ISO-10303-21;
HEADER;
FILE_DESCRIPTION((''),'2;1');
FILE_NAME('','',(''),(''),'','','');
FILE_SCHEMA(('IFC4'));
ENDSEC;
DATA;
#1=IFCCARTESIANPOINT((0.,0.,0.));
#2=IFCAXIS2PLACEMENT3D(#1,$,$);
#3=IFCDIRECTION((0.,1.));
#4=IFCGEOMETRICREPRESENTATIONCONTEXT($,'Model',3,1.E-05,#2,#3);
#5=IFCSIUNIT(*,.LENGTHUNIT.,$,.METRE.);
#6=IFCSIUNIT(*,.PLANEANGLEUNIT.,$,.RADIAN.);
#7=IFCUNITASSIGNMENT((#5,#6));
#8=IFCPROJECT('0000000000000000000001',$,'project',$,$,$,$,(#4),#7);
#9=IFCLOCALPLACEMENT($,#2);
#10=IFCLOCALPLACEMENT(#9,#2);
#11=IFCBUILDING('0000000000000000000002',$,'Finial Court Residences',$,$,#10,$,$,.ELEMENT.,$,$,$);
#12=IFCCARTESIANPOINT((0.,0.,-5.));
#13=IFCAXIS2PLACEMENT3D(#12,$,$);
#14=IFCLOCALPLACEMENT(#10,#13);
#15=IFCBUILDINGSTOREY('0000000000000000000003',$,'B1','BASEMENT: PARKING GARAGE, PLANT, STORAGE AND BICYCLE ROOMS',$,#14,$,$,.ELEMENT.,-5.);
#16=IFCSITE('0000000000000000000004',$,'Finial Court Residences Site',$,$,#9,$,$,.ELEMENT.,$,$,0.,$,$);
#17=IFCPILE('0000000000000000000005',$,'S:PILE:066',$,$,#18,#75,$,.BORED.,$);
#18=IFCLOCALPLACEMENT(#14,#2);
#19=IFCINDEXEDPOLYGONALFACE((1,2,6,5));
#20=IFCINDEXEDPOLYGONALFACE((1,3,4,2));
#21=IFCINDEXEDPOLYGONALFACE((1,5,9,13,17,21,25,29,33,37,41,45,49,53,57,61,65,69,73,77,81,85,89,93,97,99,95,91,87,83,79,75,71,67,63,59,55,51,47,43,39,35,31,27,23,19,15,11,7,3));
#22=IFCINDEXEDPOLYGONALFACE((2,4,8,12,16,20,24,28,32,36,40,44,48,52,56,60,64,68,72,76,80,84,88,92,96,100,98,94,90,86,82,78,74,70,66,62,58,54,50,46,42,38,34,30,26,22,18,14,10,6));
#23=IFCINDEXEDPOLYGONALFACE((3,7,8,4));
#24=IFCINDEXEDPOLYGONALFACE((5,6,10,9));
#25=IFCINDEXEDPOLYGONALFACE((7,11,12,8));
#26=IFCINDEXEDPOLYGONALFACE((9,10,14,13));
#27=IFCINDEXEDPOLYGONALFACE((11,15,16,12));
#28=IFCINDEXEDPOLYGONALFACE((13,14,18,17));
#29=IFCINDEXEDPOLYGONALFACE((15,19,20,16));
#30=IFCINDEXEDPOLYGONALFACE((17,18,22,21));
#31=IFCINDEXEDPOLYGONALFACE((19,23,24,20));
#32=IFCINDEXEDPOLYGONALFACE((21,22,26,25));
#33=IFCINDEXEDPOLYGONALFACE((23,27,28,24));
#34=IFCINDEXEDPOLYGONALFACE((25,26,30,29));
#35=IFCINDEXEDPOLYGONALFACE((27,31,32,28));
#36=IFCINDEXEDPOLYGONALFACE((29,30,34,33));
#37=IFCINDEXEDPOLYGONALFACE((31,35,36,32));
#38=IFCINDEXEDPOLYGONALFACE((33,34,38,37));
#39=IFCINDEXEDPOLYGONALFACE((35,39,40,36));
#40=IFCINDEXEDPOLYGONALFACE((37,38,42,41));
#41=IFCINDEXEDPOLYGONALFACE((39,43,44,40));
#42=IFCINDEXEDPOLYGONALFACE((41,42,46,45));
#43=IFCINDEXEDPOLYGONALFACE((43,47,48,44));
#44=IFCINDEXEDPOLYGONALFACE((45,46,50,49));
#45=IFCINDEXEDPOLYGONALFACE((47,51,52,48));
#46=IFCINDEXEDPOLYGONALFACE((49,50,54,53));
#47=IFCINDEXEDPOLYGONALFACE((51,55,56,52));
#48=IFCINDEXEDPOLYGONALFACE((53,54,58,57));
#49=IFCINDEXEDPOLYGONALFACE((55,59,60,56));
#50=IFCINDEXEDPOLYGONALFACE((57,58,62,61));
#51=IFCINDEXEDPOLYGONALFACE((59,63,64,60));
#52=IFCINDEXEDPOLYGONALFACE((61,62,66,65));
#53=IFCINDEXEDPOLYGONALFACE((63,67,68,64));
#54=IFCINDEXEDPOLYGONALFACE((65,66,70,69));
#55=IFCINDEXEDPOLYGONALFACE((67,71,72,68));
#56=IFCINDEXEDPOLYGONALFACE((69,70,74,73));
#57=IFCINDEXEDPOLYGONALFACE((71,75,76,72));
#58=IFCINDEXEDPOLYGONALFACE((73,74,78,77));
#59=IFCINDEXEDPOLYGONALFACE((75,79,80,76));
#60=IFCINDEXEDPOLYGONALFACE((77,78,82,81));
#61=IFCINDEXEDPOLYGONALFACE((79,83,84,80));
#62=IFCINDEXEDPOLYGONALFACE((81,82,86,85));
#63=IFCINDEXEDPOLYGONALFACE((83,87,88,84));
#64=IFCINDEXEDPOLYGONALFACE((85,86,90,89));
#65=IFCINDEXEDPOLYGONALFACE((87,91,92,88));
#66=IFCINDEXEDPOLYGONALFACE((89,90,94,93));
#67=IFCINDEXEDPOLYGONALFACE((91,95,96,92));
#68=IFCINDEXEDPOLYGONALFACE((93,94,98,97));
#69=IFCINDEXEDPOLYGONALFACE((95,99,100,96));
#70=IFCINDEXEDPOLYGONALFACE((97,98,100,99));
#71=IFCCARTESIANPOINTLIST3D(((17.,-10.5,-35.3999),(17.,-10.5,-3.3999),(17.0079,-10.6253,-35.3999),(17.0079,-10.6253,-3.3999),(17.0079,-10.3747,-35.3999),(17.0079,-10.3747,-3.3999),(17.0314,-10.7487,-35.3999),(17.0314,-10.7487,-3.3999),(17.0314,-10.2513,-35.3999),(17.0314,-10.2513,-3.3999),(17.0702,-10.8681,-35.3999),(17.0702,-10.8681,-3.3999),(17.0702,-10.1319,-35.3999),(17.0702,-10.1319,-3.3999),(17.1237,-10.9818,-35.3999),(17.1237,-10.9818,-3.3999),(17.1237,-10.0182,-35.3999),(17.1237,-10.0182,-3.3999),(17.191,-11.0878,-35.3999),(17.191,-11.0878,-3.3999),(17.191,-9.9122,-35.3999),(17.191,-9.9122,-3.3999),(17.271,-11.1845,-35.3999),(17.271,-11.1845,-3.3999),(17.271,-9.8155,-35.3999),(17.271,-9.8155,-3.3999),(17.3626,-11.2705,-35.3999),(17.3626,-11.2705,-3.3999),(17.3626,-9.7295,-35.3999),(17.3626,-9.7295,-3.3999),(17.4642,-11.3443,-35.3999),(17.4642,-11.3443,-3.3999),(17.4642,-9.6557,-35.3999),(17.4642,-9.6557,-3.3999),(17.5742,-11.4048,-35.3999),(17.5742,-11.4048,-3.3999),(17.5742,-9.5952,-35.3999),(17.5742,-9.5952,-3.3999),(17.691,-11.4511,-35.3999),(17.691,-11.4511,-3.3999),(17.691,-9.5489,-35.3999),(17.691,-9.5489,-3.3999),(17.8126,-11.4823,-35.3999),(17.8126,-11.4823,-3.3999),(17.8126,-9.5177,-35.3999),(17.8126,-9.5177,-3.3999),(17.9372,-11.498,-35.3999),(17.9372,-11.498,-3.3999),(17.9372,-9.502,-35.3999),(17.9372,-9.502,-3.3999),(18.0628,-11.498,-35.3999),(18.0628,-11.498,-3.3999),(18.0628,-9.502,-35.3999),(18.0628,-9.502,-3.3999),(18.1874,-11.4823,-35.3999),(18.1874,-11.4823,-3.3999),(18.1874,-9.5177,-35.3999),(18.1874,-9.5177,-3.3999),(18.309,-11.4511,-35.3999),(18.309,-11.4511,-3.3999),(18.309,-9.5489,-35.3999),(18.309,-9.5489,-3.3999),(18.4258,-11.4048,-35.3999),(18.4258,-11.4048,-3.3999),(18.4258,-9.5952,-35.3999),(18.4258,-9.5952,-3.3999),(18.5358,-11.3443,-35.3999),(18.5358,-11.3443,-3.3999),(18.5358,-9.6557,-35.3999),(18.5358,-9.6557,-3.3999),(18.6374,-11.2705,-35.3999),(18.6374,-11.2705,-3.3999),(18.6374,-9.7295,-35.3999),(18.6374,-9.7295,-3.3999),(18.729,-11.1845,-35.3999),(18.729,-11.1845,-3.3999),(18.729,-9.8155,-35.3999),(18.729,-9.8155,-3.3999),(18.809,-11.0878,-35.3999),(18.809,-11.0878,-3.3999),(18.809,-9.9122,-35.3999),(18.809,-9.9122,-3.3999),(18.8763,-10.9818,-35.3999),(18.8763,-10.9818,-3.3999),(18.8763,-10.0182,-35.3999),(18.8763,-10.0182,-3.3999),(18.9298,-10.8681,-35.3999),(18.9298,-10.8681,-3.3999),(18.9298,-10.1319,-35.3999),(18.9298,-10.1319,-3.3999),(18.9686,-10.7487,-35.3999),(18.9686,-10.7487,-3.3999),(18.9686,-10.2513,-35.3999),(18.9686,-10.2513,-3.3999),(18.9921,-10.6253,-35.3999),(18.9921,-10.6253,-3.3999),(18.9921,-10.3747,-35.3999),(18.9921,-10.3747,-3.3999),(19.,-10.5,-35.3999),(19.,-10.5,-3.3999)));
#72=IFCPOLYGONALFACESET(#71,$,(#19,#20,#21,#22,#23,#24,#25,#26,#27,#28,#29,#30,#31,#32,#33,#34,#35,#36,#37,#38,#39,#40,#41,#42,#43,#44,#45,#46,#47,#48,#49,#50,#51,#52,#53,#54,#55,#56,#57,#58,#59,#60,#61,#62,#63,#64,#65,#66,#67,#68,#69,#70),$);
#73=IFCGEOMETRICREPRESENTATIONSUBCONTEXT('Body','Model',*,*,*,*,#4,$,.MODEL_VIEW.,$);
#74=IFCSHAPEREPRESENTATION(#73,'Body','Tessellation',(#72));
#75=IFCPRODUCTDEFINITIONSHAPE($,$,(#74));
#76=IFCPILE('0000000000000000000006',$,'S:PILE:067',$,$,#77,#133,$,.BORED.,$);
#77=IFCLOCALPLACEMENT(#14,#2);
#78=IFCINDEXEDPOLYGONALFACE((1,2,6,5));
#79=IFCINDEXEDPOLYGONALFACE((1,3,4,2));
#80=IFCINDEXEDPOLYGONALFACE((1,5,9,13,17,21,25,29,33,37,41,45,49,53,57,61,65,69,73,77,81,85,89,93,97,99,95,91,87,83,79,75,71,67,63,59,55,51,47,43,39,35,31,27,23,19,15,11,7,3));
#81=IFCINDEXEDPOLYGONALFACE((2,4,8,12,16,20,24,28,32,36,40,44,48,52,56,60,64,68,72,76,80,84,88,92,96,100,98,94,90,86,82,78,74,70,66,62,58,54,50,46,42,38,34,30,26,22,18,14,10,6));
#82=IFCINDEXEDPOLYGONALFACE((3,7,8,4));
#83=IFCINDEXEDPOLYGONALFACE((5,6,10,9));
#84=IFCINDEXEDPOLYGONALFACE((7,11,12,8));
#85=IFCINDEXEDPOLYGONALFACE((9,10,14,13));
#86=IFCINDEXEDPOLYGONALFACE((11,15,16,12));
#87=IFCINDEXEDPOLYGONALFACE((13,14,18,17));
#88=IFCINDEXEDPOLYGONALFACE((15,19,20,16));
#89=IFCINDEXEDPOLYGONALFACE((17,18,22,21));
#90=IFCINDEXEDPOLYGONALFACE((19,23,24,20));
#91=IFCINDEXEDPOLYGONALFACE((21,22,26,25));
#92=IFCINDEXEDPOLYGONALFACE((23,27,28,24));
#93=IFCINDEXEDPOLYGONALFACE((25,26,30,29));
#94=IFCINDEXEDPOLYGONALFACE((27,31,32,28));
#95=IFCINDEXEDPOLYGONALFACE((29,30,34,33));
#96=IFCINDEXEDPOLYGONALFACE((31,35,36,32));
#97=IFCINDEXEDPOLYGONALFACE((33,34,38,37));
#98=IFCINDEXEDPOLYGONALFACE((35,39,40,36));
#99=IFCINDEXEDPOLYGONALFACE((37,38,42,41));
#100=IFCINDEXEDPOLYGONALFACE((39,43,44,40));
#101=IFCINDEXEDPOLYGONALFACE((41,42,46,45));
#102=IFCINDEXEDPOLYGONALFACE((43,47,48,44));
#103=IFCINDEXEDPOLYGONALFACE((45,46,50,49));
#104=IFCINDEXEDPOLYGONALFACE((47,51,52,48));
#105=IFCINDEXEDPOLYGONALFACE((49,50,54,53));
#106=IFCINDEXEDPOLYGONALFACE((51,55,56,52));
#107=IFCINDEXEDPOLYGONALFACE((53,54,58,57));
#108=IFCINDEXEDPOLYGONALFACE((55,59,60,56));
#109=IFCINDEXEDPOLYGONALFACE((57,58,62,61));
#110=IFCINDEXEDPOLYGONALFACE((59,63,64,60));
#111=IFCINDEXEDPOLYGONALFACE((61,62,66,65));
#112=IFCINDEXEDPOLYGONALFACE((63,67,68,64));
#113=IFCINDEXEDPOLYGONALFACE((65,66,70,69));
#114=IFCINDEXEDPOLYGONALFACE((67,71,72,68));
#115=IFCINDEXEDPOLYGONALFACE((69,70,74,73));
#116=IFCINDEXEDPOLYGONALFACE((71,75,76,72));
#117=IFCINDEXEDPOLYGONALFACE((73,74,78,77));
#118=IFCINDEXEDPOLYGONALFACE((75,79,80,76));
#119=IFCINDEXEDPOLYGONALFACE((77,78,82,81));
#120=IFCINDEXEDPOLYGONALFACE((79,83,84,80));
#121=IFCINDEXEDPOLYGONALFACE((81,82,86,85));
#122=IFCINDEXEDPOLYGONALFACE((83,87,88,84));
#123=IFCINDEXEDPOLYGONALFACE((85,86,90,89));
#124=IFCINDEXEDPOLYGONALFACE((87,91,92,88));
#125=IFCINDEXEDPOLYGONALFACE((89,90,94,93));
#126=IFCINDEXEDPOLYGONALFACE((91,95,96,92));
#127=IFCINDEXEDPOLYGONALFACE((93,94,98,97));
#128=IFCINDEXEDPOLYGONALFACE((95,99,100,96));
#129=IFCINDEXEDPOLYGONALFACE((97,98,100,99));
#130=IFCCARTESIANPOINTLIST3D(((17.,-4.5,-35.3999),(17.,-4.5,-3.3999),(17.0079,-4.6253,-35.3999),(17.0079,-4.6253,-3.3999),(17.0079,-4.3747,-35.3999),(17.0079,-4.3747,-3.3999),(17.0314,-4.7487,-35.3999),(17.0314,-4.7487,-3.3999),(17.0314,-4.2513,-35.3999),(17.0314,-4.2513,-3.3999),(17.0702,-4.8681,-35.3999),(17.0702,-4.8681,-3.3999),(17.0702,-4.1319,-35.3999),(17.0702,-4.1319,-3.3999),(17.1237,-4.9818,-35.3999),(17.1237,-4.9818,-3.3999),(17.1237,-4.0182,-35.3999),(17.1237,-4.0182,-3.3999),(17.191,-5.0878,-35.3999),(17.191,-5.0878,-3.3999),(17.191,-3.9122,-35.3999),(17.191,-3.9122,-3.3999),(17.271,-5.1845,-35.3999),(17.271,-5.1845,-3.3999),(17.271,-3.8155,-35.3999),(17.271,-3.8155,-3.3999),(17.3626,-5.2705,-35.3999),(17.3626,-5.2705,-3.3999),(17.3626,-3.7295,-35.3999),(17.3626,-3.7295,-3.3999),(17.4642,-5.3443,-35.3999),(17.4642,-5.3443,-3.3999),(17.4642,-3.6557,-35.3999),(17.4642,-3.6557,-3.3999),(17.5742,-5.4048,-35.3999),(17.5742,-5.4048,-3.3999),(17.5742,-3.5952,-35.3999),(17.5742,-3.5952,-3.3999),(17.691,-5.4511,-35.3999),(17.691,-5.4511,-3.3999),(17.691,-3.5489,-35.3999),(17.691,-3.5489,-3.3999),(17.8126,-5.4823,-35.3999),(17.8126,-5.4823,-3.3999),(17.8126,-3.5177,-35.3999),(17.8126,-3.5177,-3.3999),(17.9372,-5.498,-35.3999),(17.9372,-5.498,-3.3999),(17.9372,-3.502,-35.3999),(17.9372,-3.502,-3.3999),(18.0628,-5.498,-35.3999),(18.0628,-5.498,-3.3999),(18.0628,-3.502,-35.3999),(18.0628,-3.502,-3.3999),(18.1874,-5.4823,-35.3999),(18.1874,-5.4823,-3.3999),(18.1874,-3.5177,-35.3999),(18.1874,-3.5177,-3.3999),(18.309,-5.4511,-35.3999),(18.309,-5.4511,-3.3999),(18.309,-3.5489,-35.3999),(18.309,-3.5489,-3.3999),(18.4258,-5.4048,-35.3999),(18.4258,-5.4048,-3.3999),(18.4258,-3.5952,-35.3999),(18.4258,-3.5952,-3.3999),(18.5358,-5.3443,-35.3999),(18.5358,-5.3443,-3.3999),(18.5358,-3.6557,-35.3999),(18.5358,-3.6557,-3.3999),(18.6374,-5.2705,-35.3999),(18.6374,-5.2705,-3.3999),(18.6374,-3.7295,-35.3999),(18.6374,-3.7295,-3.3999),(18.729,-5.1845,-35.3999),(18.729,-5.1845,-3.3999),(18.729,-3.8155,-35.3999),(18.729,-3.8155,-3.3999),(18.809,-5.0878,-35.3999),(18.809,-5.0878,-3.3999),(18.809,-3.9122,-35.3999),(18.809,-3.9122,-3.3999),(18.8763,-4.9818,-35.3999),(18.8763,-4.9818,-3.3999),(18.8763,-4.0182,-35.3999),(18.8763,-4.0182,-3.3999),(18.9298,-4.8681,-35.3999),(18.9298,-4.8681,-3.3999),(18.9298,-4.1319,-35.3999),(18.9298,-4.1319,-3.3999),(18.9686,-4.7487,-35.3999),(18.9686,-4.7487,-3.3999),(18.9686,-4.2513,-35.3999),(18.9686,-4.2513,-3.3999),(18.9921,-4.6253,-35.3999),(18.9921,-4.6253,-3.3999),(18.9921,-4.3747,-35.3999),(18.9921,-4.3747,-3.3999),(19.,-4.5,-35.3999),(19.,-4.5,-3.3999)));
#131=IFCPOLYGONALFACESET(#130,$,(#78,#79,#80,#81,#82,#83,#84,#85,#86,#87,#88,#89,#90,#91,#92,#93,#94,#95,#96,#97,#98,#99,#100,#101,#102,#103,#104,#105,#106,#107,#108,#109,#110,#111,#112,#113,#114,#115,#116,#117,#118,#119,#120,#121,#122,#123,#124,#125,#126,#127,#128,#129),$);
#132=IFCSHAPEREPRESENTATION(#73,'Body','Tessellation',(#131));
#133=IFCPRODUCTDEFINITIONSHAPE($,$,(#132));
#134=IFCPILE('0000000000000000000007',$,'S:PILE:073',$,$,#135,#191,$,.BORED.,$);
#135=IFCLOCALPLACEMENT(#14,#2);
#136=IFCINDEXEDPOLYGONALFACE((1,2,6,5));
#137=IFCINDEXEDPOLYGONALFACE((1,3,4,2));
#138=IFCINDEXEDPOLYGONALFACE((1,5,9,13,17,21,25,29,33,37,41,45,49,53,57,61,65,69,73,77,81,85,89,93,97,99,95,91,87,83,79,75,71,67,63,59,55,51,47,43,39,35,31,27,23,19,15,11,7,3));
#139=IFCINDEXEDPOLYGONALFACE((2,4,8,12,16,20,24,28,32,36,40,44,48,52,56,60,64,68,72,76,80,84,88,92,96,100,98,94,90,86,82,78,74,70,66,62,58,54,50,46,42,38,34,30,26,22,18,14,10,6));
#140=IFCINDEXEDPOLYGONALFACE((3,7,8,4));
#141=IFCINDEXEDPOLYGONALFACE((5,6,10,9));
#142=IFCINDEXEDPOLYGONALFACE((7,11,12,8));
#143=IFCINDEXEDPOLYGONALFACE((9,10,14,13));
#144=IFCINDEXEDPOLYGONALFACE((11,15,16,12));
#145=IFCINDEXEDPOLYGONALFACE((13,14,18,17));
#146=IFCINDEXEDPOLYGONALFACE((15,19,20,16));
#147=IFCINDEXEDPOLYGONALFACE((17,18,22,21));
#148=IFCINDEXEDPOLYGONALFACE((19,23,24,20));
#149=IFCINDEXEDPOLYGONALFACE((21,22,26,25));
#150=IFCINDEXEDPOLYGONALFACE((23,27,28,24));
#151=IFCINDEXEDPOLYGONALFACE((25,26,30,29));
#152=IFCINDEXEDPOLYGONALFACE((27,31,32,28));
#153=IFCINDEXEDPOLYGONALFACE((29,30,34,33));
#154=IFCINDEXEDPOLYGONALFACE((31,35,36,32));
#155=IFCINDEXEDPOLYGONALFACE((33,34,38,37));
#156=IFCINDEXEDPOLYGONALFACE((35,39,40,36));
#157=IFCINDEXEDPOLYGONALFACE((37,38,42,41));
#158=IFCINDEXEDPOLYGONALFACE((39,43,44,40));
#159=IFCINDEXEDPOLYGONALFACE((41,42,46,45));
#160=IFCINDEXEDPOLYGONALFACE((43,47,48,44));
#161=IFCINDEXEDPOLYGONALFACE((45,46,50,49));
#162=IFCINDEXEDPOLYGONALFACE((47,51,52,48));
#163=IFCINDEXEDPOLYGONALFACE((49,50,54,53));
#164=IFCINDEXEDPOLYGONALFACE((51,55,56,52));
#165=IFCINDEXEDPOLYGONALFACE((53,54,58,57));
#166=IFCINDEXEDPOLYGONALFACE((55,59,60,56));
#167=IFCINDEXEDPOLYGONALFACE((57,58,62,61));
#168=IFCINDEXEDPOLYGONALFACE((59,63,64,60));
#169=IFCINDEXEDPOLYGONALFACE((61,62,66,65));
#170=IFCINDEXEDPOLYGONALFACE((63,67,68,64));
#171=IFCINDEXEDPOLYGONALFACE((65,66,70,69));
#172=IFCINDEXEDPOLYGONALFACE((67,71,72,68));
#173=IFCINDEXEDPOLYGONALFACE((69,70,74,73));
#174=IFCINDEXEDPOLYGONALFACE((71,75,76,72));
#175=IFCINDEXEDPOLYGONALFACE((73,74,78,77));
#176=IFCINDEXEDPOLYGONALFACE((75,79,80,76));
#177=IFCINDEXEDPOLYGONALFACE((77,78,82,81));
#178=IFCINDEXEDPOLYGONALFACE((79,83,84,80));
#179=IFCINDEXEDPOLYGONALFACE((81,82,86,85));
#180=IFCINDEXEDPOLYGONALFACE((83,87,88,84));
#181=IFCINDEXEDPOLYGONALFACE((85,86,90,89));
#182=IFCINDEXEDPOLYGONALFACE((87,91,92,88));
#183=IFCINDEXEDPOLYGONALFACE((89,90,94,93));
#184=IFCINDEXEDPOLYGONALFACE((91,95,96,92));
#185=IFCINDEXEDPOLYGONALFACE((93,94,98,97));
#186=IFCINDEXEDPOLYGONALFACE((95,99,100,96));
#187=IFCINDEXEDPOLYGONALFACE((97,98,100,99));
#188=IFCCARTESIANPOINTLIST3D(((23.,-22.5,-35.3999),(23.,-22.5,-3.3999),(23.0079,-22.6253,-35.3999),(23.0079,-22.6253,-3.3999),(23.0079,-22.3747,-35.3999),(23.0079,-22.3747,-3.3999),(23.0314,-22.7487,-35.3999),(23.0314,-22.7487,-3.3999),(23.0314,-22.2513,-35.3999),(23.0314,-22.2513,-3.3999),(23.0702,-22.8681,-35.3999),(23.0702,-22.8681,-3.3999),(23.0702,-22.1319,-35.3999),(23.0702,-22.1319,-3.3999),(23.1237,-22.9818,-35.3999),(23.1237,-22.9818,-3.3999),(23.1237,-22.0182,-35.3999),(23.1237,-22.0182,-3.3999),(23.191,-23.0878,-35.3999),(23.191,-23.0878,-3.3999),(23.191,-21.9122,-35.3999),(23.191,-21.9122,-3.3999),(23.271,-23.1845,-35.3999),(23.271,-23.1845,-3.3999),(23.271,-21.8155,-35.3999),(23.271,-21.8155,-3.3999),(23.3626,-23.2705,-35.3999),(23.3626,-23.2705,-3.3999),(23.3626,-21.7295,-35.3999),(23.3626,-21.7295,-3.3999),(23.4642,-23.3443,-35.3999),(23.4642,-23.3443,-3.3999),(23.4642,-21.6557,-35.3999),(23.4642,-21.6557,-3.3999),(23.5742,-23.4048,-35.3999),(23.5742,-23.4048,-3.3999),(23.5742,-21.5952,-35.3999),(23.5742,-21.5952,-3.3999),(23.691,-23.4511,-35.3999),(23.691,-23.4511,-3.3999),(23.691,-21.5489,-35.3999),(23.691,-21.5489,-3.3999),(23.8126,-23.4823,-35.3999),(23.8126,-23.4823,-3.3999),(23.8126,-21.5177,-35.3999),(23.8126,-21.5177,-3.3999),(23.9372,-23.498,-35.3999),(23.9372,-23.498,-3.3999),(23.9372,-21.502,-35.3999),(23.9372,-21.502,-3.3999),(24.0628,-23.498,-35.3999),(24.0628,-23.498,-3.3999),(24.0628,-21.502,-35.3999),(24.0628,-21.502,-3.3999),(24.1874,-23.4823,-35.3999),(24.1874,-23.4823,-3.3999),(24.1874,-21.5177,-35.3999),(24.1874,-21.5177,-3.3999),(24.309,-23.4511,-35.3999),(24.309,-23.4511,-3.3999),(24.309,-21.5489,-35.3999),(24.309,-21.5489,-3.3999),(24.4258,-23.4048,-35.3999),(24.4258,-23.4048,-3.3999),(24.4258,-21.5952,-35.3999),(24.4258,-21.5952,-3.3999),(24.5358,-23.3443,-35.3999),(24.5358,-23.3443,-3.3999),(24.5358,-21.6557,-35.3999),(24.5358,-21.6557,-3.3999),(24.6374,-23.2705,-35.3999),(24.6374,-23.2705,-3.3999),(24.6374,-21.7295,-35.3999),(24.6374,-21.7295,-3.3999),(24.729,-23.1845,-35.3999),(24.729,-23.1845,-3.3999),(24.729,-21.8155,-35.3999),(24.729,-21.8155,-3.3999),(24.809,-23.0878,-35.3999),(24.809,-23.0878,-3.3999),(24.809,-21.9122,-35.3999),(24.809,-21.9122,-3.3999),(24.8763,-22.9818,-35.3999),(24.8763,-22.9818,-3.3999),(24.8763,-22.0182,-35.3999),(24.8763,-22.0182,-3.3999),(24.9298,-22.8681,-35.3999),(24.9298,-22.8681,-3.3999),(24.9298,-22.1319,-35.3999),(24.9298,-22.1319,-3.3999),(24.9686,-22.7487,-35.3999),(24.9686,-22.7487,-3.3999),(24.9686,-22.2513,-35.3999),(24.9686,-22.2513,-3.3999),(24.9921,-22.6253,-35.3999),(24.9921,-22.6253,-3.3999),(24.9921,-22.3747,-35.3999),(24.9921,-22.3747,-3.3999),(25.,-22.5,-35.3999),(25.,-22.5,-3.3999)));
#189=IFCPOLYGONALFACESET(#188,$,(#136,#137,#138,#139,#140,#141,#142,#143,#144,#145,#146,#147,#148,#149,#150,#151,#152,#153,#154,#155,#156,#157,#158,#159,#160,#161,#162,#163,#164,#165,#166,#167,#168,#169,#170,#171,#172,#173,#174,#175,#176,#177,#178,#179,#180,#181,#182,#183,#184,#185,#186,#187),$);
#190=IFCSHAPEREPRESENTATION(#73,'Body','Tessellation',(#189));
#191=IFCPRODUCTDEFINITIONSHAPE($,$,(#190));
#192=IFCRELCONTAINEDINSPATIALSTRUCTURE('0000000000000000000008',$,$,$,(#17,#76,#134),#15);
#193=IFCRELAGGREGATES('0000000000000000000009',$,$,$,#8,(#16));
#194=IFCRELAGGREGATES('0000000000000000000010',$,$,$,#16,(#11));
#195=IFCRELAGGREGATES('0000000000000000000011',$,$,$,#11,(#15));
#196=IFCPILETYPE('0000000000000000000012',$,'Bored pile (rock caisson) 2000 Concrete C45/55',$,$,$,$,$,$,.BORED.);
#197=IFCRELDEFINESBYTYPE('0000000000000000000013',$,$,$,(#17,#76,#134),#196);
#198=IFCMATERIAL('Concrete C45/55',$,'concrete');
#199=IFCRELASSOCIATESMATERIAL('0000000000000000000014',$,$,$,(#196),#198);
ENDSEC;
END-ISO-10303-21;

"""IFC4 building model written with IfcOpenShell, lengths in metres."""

from ifc_helpers import new_model, si_unit, direction, frame, origin, origin_2d, place, context, subcontext, project, spatial, circle, extrude, material, material_profile, profile_set, type_object, element, save


model = new_model("IFC4")

# Units and contexts
model_context = context("Model", 3, precision=1e-05, world=origin(), true_north=direction((0.0, 1.0)))
body_context = subcontext(model_context, "Body", "Model", "MODEL_VIEW")
ifc_project = project(units=[si_unit("LENGTHUNIT", "METRE"), si_unit("PLANEANGLEUNIT", "RADIAN")], contexts=[model_context])

# Site, building, storey
site_placement = place(None, origin())
site = spatial("IfcSite", under=ifc_project, at=site_placement, Name="Finial Court Residences Site", CompositionType="ELEMENT", RefElevation=0.0)
building_placement = place(site_placement, origin())
building = spatial("IfcBuilding", under=site, at=building_placement, Name="Finial Court Residences", CompositionType="ELEMENT")
storey_placement = place(building_placement, frame((0.0, 0.0, -5.0)))
storey = spatial("IfcBuildingStorey", under=building, at=storey_placement, Name="B1", Description="BASEMENT: PARKING GARAGE, PLANT, STORAGE AND BICYCLE ROOMS", CompositionType="ELEMENT", Elevation=-5.0)

# Piles
ifc_material_1 = material(Name="Concrete C45/55", Category="concrete")
ifc_material_profile_1 = material_profile(ifc_material_1, circle(Radius=1.0, at=origin_2d()), Name="D2000")
ifc_profile_set_1 = profile_set([ifc_material_profile_1], Name="Concrete C45/55")
pile_type = type_object("IfcPileType", Name="Bored pile (rock caisson) 2000 Concrete C45/55", PredefinedType="BORED", material=ifc_profile_set_1)
for number, where, z_axis, x_axis, name in (
    (1, (18.0, -10.5, -3.3999), (0.0, 0.0, -1.0), (1.0, 0.0, 0.0), "S:PILE:066"),
    (2, (18.0, -4.5, -3.3999), (0.0, 0.0, -1.0), (1.0, 0.0, 0.0), "S:PILE:067"),
    (3, (24.0, -22.5, -3.3999), (0.0, 0.0, -1.0), (1.0, 0.0, 0.0), "S:PILE:073"),
):
    element("IfcPile", number, at=place(storey_placement, frame(where, z_axis=z_axis, x_axis=x_axis)), inside=storey, type_object=pile_type, Name=name, PredefinedType="BORED", context=body_context, shape_type="SweptSolid", body=[
        extrude(circle(Radius=1.0, at=origin_2d()), origin(), (0.0, 0.0, 1.0), 32.0),
    ])

save(model, "model.ifc")
